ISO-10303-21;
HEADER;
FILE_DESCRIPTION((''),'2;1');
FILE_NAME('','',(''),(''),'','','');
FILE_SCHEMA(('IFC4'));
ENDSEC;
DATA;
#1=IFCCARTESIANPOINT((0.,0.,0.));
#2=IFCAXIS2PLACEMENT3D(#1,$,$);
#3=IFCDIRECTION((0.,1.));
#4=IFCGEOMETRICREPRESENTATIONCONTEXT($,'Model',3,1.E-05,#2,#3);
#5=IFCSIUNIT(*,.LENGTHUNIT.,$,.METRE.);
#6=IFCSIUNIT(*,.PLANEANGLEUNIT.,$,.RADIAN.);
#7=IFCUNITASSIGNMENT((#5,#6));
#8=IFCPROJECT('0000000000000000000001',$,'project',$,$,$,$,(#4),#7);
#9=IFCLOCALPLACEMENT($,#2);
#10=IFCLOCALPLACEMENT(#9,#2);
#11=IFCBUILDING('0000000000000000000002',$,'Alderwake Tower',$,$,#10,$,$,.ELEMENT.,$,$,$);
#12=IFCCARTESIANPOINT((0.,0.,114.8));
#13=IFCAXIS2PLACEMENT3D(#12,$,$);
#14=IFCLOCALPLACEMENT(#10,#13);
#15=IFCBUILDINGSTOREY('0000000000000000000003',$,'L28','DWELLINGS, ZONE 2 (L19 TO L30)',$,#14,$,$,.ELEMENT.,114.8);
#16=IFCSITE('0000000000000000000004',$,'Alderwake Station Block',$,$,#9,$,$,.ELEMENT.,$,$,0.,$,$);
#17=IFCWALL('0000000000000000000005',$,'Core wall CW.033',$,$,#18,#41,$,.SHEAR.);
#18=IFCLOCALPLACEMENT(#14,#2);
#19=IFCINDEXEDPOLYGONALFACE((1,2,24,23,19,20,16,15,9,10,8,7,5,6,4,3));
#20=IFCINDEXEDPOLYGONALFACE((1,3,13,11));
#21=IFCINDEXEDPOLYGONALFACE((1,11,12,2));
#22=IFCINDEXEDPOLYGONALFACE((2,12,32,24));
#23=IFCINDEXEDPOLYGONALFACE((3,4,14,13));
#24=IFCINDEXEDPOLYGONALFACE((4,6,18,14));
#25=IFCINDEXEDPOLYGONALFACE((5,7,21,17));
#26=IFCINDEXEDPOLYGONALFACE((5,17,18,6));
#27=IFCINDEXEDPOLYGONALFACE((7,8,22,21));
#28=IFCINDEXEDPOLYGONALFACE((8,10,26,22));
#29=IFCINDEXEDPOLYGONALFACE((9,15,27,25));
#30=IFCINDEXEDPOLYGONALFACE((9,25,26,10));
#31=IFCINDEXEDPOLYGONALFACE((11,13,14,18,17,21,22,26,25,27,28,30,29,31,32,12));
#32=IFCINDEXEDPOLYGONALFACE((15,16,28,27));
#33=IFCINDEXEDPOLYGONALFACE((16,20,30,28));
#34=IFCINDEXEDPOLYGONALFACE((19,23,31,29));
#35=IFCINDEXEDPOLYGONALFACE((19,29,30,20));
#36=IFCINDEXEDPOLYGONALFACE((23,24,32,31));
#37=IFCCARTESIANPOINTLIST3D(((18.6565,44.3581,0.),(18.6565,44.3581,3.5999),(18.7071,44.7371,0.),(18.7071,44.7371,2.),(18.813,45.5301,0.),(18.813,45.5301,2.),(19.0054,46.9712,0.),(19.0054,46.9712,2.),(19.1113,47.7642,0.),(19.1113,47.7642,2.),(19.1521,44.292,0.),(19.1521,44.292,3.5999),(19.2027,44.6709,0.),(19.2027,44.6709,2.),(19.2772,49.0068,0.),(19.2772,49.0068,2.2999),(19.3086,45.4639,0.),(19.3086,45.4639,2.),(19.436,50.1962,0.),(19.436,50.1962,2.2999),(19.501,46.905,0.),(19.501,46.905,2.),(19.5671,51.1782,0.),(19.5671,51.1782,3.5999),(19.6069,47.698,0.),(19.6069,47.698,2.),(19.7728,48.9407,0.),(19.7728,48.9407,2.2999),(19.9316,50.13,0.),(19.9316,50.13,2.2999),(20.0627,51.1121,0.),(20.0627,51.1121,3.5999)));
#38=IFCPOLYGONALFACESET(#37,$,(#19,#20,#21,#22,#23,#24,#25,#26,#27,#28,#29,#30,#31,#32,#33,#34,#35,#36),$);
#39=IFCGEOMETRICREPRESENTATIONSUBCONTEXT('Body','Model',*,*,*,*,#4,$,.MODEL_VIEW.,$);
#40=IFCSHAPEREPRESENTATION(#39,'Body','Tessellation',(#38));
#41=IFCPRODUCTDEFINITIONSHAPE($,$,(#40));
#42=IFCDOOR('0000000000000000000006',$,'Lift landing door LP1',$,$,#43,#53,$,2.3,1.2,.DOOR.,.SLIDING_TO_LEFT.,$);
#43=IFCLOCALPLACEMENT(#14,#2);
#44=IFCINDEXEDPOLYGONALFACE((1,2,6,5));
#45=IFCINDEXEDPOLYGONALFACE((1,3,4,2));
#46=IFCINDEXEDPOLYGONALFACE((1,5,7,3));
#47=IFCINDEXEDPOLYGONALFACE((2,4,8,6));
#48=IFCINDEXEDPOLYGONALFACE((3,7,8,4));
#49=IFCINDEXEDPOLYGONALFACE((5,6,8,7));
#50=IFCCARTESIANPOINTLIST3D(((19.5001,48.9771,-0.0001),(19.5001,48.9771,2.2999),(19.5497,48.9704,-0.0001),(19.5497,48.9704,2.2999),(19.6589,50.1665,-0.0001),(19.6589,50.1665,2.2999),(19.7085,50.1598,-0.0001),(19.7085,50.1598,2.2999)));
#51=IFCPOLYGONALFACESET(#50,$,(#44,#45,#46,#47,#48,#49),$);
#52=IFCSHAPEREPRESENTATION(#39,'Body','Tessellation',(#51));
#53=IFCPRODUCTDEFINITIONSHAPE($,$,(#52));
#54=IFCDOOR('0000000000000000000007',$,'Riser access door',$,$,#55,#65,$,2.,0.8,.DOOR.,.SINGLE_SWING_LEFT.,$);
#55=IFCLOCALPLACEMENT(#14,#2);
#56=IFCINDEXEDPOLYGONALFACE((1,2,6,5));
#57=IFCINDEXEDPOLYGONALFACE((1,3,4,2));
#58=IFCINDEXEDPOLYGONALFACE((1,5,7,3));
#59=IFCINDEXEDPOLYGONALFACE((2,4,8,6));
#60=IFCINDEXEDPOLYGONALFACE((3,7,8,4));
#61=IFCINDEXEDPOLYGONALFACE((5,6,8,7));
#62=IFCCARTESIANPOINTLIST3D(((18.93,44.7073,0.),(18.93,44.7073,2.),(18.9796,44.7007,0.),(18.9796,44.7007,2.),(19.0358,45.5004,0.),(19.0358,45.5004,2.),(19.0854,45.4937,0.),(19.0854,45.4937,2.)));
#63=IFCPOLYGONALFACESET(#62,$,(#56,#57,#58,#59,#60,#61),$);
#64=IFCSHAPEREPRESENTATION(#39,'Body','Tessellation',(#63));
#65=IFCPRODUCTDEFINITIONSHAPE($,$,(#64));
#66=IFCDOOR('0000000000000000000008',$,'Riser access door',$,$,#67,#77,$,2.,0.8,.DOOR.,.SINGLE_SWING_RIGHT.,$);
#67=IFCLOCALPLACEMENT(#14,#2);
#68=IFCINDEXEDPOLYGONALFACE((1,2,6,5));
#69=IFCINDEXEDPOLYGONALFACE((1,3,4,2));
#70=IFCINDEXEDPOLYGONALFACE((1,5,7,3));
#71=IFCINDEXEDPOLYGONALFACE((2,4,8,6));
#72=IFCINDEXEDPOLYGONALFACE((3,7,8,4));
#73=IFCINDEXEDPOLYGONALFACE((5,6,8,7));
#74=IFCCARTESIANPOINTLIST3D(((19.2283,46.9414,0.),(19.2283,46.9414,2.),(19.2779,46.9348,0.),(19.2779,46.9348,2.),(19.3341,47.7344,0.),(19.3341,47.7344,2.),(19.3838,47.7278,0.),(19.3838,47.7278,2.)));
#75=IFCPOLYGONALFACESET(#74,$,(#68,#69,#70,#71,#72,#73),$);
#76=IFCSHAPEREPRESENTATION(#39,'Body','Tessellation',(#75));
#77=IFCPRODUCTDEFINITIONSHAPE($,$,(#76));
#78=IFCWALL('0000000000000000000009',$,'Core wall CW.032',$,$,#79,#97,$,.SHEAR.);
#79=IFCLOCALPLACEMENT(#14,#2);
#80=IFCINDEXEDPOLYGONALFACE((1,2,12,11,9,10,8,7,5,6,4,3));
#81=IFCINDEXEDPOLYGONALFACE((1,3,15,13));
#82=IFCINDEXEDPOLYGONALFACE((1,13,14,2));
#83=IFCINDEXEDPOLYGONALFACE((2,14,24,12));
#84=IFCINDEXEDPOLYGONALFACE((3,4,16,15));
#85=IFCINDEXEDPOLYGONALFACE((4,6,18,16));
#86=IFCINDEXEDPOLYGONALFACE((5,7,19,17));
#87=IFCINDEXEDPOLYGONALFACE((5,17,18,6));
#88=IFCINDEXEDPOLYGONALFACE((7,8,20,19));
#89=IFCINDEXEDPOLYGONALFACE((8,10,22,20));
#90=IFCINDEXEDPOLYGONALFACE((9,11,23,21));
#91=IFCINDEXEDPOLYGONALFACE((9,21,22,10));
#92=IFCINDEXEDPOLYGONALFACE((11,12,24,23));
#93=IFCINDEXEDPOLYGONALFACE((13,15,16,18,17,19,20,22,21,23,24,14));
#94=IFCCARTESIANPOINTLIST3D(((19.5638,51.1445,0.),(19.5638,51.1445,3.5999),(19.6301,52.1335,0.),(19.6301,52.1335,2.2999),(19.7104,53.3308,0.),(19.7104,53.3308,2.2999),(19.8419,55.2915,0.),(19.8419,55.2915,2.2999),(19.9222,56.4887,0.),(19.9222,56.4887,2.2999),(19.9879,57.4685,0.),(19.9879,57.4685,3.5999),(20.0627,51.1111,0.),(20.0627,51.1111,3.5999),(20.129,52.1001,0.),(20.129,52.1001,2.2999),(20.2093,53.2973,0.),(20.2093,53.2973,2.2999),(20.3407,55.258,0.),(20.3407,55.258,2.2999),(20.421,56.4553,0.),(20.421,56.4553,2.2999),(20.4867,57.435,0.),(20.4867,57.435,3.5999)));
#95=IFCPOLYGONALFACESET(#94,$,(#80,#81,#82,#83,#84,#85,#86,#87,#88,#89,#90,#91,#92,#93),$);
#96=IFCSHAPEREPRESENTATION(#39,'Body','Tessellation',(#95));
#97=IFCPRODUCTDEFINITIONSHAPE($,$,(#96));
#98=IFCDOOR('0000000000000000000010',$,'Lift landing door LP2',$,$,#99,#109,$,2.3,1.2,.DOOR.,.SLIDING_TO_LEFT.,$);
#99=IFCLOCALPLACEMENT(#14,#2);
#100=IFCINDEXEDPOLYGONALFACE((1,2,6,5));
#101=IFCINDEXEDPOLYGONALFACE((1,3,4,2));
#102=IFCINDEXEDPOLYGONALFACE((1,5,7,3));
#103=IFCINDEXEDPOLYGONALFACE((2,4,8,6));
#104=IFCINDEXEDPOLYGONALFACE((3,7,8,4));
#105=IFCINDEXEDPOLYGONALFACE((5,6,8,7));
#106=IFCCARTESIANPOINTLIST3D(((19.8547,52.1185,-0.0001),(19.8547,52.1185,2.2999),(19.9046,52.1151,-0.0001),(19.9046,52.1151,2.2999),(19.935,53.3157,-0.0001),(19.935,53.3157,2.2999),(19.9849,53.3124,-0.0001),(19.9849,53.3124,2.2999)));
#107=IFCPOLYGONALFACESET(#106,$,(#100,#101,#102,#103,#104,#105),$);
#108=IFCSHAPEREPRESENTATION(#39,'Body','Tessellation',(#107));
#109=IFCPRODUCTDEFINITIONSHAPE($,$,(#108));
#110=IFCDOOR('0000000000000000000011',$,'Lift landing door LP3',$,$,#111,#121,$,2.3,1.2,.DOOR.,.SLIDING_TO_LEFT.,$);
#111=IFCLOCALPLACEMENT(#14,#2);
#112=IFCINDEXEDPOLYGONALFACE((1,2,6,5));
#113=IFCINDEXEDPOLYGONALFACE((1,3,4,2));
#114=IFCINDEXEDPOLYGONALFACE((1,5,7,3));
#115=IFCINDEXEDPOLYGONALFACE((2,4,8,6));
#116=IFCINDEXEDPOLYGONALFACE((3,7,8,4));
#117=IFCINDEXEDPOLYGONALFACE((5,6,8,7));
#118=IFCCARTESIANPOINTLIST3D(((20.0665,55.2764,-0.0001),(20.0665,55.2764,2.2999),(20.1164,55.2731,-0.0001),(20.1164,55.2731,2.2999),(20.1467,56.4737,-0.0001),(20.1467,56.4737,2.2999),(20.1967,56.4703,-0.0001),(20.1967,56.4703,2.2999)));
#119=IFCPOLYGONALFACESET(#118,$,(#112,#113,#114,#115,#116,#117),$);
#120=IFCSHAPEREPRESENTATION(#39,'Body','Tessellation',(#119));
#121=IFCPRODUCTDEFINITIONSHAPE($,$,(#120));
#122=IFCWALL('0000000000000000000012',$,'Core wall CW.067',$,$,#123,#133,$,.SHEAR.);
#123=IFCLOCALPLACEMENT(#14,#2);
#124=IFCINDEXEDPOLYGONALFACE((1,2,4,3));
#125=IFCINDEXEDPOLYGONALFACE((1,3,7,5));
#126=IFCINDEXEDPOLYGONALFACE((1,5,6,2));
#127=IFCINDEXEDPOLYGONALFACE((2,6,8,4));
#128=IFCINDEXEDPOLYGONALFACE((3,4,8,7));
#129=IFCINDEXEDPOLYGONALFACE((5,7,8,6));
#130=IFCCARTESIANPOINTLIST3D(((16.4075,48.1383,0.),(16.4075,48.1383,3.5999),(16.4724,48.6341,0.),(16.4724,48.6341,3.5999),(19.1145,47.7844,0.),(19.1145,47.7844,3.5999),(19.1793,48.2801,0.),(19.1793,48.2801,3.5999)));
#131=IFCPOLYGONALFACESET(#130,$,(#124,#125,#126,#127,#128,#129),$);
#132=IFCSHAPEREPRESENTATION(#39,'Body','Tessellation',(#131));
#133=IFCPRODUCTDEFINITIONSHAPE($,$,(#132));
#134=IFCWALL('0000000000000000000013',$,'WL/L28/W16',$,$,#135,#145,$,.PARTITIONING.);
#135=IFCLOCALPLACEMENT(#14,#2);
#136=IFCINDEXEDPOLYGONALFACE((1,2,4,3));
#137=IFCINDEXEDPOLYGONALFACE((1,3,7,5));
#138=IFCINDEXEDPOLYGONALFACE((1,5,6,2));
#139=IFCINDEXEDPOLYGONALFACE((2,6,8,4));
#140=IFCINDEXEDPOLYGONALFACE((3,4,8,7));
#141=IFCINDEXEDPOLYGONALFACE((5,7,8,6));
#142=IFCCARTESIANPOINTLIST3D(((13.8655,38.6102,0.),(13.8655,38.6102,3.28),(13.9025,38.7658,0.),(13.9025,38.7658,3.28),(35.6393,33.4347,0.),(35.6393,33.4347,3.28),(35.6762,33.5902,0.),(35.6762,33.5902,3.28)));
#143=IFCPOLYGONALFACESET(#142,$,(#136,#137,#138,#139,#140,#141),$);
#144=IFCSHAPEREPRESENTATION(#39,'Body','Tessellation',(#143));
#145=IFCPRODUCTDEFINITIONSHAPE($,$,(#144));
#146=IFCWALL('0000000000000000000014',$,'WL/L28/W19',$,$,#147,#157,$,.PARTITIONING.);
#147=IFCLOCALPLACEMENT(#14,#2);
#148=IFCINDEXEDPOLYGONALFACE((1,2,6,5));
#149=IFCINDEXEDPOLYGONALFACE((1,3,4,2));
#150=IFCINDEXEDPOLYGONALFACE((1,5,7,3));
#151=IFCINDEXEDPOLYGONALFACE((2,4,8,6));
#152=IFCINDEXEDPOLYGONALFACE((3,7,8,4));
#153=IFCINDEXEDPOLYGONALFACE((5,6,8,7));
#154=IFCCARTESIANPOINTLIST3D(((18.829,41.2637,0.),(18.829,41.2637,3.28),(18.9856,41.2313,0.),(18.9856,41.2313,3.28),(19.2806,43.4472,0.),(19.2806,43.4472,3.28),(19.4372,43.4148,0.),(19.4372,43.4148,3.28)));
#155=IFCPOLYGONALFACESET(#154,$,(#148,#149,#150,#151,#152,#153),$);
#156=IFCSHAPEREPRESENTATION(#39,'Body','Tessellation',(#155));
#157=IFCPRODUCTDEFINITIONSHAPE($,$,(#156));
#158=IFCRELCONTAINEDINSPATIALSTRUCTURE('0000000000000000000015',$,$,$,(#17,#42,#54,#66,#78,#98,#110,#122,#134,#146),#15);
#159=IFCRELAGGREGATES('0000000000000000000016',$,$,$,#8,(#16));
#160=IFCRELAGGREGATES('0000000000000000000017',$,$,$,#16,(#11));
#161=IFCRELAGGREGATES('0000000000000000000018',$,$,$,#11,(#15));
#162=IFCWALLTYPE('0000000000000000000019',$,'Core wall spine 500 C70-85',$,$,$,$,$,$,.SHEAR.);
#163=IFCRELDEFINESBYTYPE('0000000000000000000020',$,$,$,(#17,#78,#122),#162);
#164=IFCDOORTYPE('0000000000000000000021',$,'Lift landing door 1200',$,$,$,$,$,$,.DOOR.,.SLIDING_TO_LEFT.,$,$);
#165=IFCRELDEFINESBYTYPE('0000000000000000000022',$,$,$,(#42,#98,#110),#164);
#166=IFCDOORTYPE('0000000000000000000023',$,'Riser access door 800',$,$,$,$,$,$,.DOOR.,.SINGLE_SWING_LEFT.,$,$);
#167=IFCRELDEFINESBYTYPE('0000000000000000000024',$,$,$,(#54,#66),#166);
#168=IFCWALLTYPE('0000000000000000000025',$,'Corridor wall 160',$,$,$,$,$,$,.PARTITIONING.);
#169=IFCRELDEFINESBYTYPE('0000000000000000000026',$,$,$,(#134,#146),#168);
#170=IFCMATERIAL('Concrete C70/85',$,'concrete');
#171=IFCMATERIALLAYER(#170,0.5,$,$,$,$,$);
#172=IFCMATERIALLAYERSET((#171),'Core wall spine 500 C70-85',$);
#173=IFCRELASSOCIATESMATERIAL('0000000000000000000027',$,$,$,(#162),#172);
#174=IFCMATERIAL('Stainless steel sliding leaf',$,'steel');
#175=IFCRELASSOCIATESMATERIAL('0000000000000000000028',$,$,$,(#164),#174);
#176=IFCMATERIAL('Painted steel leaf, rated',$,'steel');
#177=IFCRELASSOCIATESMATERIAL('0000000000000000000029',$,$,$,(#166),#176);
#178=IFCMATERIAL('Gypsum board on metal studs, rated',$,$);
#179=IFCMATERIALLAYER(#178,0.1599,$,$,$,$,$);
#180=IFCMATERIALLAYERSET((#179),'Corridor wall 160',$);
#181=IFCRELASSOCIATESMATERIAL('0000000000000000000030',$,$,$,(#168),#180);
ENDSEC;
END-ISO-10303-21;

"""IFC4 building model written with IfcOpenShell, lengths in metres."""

from ifc_helpers import new_model, si_unit, direction, frame, frame_2d, origin, place, context, subcontext, project, spatial, rectangle, extrude, material, layer, layer_set, type_object, element, fill, save


model = new_model("IFC4")

# Units and contexts
model_context = context("Model", 3, precision=1e-05, world=origin(), true_north=direction((0.0, 1.0)))
body_context = subcontext(model_context, "Body", "Model", "MODEL_VIEW")
ifc_project = project(units=[si_unit("LENGTHUNIT", "METRE"), si_unit("PLANEANGLEUNIT", "RADIAN")], contexts=[model_context])

# Site, building, storey
site_placement = place(None, origin())
site = spatial("IfcSite", under=ifc_project, at=site_placement, Name="Alderwake Station Block", CompositionType="ELEMENT", RefElevation=0.0)
building_placement = place(site_placement, origin())
building = spatial("IfcBuilding", under=site, at=building_placement, Name="Alderwake Tower", CompositionType="ELEMENT")
storey_placement = place(building_placement, frame((0.0, 0.0, 114.8)))
storey = spatial("IfcBuildingStorey", under=building, at=storey_placement, Name="L28", Description="DWELLINGS, ZONE 2 (L19 TO L30)", CompositionType="ELEMENT", Elevation=114.8)

# Walls, openings, doors
ifc_material_1 = material(Name="Concrete C70/85", Category="concrete")
ifc_layer_1 = layer(ifc_material_1, 0.5)
ifc_layer_set_1 = layer_set([ifc_layer_1], Name="Core wall spine 500 C70-85")
wall_type_1 = type_object("IfcWallType", Name="Core wall spine 500 C70-85", PredefinedType="SHEAR", material=ifc_layer_set_1)
wall_1_placement = place(storey_placement, frame((19.8149, 51.1453, 0.0), z_axis=(0.0, 0.0, 1.0), x_axis=(-0.13235, -0.991203, 0.0)))
wall_1 = element("IfcWall", 1, at=wall_1_placement, inside=storey, type_object=wall_type_1, Name="Core wall CW.033", PredefinedType="SHEAR", context=body_context, shape_type="SweptSolid", body=[
    extrude(rectangle(XDim=6.8806, YDim=0.5, at=frame_2d((3.4404, 0.0))), origin(), (0.0, 0.0, 1.0), 3.5999),
])
opening_1_placement = place(wall_1_placement, frame((0.9907, 0.0, 0.0)))
opening_1 = element("IfcOpeningElement", 2, at=opening_1_placement, cuts=wall_1, PredefinedType="OPENING", context=body_context, shape_type="SweptSolid", body=[
    extrude(rectangle(XDim=1.2, YDim=2.3, at=frame_2d((0.6001, 1.1499))), frame((0.0, 0.26, 0.0), z_axis=(0.0, -1.0, 0.0), x_axis=(1.0, 0.0, 0.0)), (0.0, 0.0, 1.0), 0.52),
])
opening_2_placement = place(wall_1_placement, frame((5.6985, 0.0, 0.0)))
opening_2 = element("IfcOpeningElement", 3, at=opening_2_placement, cuts=wall_1, PredefinedType="OPENING", context=body_context, shape_type="SweptSolid", body=[
    extrude(rectangle(XDim=0.8, YDim=2.0, at=frame_2d((0.3999, 1.0))), frame((0.0, 0.26, 0.0), z_axis=(0.0, -1.0, 0.0), x_axis=(1.0, 0.0, 0.0)), (0.0, 0.0, 1.0), 0.52),
])
opening_3_placement = place(wall_1_placement, frame((3.4446, 0.0, 0.0)))
opening_3 = element("IfcOpeningElement", 4, at=opening_3_placement, cuts=wall_1, PredefinedType="OPENING", context=body_context, shape_type="SweptSolid", body=[
    extrude(rectangle(XDim=0.8, YDim=2.0, at=frame_2d((0.3999, 1.0))), frame((0.0, 0.26, 0.0), z_axis=(0.0, -1.0, 0.0), x_axis=(1.0, 0.0, 0.0)), (0.0, 0.0, 1.0), 0.52),
])
ifc_material_2 = material(Name="Stainless steel sliding leaf", Category="steel")
door_type_1 = type_object("IfcDoorType", Name="Lift landing door 1200", OperationType="SLIDING_TO_LEFT", PredefinedType="DOOR", material=ifc_material_2)
door_1_placement = place(opening_1_placement, origin())
door_1 = element("IfcDoor", 5, at=door_1_placement, inside=storey, type_object=door_type_1, Name="Lift landing door LP1", OperationType="SLIDING_TO_LEFT", OverallHeight=2.3, OverallWidth=1.2, PredefinedType="DOOR", context=body_context, shape_type="SweptSolid", body=[
    extrude(rectangle(XDim=1.2, YDim=2.3, at=frame_2d((0.6001, 1.1499))), frame((0.0, 0.0249, 0.0), z_axis=(0.0, -1.0, 0.0), x_axis=(1.0, 0.0, 0.0)), (0.0, 0.0, 1.0), 0.05),
])
fill(opening_1, door_1)
ifc_material_3 = material(Name="Painted steel leaf, rated", Category="steel")
door_type_2 = type_object("IfcDoorType", Name="Riser access door 800", OperationType="SINGLE_SWING_LEFT", PredefinedType="DOOR", material=ifc_material_3)
door_2_placement = place(opening_2_placement, origin())
door_2 = element("IfcDoor", 6, at=door_2_placement, inside=storey, type_object=door_type_2, Name="Riser access door", OperationType="SINGLE_SWING_LEFT", OverallHeight=2.0, OverallWidth=0.8, PredefinedType="DOOR", context=body_context, shape_type="SweptSolid", body=[
    extrude(rectangle(XDim=0.8, YDim=2.0, at=frame_2d((0.3999, 1.0))), frame((0.0, 0.0249, 0.0), z_axis=(0.0, -1.0, 0.0), x_axis=(1.0, 0.0, 0.0)), (0.0, 0.0, 1.0), 0.05),
])
fill(opening_2, door_2)
door_3_placement = place(opening_3_placement, origin())
door_3 = element("IfcDoor", 7, at=door_3_placement, inside=storey, type_object=door_type_2, Name="Riser access door", OperationType="SINGLE_SWING_RIGHT", OverallHeight=2.0, OverallWidth=0.8, PredefinedType="DOOR", context=body_context, shape_type="SweptSolid", body=[
    extrude(rectangle(XDim=0.8, YDim=2.0, at=frame_2d((0.3999, 1.0))), frame((0.0, 0.0249, 0.0), z_axis=(0.0, -1.0, 0.0), x_axis=(1.0, 0.0, 0.0)), (0.0, 0.0, 1.0), 0.05),
])
fill(opening_3, door_3)
wall_2_placement = place(storey_placement, frame((19.8132, 51.1279, 0.0), z_axis=(0.0, 0.0, 1.0), x_axis=(0.066908, 0.997759, 0.0)))
wall_2 = element("IfcWall", 8, at=wall_2_placement, inside=storey, type_object=wall_type_1, Name="Core wall CW.032", PredefinedType="SHEAR", context=body_context, shape_type="SweptSolid", body=[
    extrude(rectangle(XDim=6.3381, YDim=0.5, at=frame_2d((3.1689, 0.0))), origin(), (0.0, 0.0, 1.0), 3.5999),
])
opening_4_placement = place(wall_2_placement, frame((0.991, 0.0, 0.0)))
opening_4 = element("IfcOpeningElement", 9, at=opening_4_placement, cuts=wall_2, PredefinedType="OPENING", context=body_context, shape_type="SweptSolid", body=[
    extrude(rectangle(XDim=1.2, YDim=2.3, at=frame_2d((0.6001, 1.1499))), frame((0.0, 0.26, 0.0), z_axis=(0.0, -1.0, 0.0), x_axis=(1.0, 0.0, 0.0)), (0.0, 0.0, 1.0), 0.52),
])
opening_5_placement = place(wall_2_placement, frame((4.156, 0.0, 0.0)))
opening_5 = element("IfcOpeningElement", 10, at=opening_5_placement, cuts=wall_2, PredefinedType="OPENING", context=body_context, shape_type="SweptSolid", body=[
    extrude(rectangle(XDim=1.2, YDim=2.3, at=frame_2d((0.6001, 1.1499))), frame((0.0, 0.26, 0.0), z_axis=(0.0, -1.0, 0.0), x_axis=(1.0, 0.0, 0.0)), (0.0, 0.0, 1.0), 0.52),
])
door_4_placement = place(opening_4_placement, origin())
door_4 = element("IfcDoor", 11, at=door_4_placement, inside=storey, type_object=door_type_1, Name="Lift landing door LP2", OperationType="SLIDING_TO_LEFT", OverallHeight=2.3, OverallWidth=1.2, PredefinedType="DOOR", context=body_context, shape_type="SweptSolid", body=[
    extrude(rectangle(XDim=1.2, YDim=2.3, at=frame_2d((0.6001, 1.1499))), frame((0.0, 0.0249, 0.0), z_axis=(0.0, -1.0, 0.0), x_axis=(1.0, 0.0, 0.0)), (0.0, 0.0, 1.0), 0.05),
])
fill(opening_4, door_4)
door_5_placement = place(opening_5_placement, origin())
door_5 = element("IfcDoor", 12, at=door_5_placement, inside=storey, type_object=door_type_1, Name="Lift landing door LP3", OperationType="SLIDING_TO_LEFT", OverallHeight=2.3, OverallWidth=1.2, PredefinedType="DOOR", context=body_context, shape_type="SweptSolid", body=[
    extrude(rectangle(XDim=1.2, YDim=2.3, at=frame_2d((0.6001, 1.1499))), frame((0.0, 0.0249, 0.0), z_axis=(0.0, -1.0, 0.0), x_axis=(1.0, 0.0, 0.0)), (0.0, 0.0, 1.0), 0.05),
])
fill(opening_5, door_5)

# Walls
wall_3_placement = place(storey_placement, frame((16.4399, 48.3862, 0.0), z_axis=(0.0, 0.0, 1.0), x_axis=(0.991557, -0.129668, 0.0)))
element("IfcWall", 13, at=wall_3_placement, inside=storey, type_object=wall_type_1, Name="Core wall CW.067", PredefinedType="SHEAR", context=body_context, shape_type="SweptSolid", body=[
    extrude(rectangle(XDim=2.73, YDim=0.5, at=frame_2d((1.365, 0.0))), origin(), (0.0, 0.0, 1.0), 3.5999),
])
ifc_material_4 = material(Name="Gypsum board on metal studs, rated")
ifc_layer_2 = layer(ifc_material_4, 0.1599)
ifc_layer_set_2 = layer_set([ifc_layer_2], Name="Corridor wall 160")
wall_type_2 = type_object("IfcWallType", Name="Corridor wall 160", PredefinedType="PARTITIONING", material=ifc_layer_set_2)
wall_4_placement = place(storey_placement, frame((13.884, 38.688, 0.0), z_axis=(0.0, 0.0, 1.0), x_axis=(0.972893, -0.231254, 0.0)))
element("IfcWall", 14, at=wall_4_placement, inside=storey, type_object=wall_type_2, Name="WL/L28/W16", PredefinedType="PARTITIONING", context=body_context, shape_type="SweptSolid", body=[
    extrude(rectangle(XDim=22.3804, YDim=0.1599, at=frame_2d((11.1902, 0.0))), origin(), (0.0, 0.0, 1.0), 3.28),
])
wall_5_placement = place(storey_placement, frame((19.3589, 43.4309, 0.0), z_axis=(0.0, 0.0, 1.0), x_axis=(-0.202555, -0.979271, 0.0)))
element("IfcWall", 15, at=wall_5_placement, inside=storey, type_object=wall_type_2, Name="WL/L28/W19", PredefinedType="PARTITIONING", context=body_context, shape_type="SweptSolid", body=[
    extrude(rectangle(XDim=2.2297, YDim=0.1599, at=frame_2d((1.1147, 0.0))), origin(), (0.0, 0.0, 1.0), 3.28),
])

save(model, "model.ifc")
